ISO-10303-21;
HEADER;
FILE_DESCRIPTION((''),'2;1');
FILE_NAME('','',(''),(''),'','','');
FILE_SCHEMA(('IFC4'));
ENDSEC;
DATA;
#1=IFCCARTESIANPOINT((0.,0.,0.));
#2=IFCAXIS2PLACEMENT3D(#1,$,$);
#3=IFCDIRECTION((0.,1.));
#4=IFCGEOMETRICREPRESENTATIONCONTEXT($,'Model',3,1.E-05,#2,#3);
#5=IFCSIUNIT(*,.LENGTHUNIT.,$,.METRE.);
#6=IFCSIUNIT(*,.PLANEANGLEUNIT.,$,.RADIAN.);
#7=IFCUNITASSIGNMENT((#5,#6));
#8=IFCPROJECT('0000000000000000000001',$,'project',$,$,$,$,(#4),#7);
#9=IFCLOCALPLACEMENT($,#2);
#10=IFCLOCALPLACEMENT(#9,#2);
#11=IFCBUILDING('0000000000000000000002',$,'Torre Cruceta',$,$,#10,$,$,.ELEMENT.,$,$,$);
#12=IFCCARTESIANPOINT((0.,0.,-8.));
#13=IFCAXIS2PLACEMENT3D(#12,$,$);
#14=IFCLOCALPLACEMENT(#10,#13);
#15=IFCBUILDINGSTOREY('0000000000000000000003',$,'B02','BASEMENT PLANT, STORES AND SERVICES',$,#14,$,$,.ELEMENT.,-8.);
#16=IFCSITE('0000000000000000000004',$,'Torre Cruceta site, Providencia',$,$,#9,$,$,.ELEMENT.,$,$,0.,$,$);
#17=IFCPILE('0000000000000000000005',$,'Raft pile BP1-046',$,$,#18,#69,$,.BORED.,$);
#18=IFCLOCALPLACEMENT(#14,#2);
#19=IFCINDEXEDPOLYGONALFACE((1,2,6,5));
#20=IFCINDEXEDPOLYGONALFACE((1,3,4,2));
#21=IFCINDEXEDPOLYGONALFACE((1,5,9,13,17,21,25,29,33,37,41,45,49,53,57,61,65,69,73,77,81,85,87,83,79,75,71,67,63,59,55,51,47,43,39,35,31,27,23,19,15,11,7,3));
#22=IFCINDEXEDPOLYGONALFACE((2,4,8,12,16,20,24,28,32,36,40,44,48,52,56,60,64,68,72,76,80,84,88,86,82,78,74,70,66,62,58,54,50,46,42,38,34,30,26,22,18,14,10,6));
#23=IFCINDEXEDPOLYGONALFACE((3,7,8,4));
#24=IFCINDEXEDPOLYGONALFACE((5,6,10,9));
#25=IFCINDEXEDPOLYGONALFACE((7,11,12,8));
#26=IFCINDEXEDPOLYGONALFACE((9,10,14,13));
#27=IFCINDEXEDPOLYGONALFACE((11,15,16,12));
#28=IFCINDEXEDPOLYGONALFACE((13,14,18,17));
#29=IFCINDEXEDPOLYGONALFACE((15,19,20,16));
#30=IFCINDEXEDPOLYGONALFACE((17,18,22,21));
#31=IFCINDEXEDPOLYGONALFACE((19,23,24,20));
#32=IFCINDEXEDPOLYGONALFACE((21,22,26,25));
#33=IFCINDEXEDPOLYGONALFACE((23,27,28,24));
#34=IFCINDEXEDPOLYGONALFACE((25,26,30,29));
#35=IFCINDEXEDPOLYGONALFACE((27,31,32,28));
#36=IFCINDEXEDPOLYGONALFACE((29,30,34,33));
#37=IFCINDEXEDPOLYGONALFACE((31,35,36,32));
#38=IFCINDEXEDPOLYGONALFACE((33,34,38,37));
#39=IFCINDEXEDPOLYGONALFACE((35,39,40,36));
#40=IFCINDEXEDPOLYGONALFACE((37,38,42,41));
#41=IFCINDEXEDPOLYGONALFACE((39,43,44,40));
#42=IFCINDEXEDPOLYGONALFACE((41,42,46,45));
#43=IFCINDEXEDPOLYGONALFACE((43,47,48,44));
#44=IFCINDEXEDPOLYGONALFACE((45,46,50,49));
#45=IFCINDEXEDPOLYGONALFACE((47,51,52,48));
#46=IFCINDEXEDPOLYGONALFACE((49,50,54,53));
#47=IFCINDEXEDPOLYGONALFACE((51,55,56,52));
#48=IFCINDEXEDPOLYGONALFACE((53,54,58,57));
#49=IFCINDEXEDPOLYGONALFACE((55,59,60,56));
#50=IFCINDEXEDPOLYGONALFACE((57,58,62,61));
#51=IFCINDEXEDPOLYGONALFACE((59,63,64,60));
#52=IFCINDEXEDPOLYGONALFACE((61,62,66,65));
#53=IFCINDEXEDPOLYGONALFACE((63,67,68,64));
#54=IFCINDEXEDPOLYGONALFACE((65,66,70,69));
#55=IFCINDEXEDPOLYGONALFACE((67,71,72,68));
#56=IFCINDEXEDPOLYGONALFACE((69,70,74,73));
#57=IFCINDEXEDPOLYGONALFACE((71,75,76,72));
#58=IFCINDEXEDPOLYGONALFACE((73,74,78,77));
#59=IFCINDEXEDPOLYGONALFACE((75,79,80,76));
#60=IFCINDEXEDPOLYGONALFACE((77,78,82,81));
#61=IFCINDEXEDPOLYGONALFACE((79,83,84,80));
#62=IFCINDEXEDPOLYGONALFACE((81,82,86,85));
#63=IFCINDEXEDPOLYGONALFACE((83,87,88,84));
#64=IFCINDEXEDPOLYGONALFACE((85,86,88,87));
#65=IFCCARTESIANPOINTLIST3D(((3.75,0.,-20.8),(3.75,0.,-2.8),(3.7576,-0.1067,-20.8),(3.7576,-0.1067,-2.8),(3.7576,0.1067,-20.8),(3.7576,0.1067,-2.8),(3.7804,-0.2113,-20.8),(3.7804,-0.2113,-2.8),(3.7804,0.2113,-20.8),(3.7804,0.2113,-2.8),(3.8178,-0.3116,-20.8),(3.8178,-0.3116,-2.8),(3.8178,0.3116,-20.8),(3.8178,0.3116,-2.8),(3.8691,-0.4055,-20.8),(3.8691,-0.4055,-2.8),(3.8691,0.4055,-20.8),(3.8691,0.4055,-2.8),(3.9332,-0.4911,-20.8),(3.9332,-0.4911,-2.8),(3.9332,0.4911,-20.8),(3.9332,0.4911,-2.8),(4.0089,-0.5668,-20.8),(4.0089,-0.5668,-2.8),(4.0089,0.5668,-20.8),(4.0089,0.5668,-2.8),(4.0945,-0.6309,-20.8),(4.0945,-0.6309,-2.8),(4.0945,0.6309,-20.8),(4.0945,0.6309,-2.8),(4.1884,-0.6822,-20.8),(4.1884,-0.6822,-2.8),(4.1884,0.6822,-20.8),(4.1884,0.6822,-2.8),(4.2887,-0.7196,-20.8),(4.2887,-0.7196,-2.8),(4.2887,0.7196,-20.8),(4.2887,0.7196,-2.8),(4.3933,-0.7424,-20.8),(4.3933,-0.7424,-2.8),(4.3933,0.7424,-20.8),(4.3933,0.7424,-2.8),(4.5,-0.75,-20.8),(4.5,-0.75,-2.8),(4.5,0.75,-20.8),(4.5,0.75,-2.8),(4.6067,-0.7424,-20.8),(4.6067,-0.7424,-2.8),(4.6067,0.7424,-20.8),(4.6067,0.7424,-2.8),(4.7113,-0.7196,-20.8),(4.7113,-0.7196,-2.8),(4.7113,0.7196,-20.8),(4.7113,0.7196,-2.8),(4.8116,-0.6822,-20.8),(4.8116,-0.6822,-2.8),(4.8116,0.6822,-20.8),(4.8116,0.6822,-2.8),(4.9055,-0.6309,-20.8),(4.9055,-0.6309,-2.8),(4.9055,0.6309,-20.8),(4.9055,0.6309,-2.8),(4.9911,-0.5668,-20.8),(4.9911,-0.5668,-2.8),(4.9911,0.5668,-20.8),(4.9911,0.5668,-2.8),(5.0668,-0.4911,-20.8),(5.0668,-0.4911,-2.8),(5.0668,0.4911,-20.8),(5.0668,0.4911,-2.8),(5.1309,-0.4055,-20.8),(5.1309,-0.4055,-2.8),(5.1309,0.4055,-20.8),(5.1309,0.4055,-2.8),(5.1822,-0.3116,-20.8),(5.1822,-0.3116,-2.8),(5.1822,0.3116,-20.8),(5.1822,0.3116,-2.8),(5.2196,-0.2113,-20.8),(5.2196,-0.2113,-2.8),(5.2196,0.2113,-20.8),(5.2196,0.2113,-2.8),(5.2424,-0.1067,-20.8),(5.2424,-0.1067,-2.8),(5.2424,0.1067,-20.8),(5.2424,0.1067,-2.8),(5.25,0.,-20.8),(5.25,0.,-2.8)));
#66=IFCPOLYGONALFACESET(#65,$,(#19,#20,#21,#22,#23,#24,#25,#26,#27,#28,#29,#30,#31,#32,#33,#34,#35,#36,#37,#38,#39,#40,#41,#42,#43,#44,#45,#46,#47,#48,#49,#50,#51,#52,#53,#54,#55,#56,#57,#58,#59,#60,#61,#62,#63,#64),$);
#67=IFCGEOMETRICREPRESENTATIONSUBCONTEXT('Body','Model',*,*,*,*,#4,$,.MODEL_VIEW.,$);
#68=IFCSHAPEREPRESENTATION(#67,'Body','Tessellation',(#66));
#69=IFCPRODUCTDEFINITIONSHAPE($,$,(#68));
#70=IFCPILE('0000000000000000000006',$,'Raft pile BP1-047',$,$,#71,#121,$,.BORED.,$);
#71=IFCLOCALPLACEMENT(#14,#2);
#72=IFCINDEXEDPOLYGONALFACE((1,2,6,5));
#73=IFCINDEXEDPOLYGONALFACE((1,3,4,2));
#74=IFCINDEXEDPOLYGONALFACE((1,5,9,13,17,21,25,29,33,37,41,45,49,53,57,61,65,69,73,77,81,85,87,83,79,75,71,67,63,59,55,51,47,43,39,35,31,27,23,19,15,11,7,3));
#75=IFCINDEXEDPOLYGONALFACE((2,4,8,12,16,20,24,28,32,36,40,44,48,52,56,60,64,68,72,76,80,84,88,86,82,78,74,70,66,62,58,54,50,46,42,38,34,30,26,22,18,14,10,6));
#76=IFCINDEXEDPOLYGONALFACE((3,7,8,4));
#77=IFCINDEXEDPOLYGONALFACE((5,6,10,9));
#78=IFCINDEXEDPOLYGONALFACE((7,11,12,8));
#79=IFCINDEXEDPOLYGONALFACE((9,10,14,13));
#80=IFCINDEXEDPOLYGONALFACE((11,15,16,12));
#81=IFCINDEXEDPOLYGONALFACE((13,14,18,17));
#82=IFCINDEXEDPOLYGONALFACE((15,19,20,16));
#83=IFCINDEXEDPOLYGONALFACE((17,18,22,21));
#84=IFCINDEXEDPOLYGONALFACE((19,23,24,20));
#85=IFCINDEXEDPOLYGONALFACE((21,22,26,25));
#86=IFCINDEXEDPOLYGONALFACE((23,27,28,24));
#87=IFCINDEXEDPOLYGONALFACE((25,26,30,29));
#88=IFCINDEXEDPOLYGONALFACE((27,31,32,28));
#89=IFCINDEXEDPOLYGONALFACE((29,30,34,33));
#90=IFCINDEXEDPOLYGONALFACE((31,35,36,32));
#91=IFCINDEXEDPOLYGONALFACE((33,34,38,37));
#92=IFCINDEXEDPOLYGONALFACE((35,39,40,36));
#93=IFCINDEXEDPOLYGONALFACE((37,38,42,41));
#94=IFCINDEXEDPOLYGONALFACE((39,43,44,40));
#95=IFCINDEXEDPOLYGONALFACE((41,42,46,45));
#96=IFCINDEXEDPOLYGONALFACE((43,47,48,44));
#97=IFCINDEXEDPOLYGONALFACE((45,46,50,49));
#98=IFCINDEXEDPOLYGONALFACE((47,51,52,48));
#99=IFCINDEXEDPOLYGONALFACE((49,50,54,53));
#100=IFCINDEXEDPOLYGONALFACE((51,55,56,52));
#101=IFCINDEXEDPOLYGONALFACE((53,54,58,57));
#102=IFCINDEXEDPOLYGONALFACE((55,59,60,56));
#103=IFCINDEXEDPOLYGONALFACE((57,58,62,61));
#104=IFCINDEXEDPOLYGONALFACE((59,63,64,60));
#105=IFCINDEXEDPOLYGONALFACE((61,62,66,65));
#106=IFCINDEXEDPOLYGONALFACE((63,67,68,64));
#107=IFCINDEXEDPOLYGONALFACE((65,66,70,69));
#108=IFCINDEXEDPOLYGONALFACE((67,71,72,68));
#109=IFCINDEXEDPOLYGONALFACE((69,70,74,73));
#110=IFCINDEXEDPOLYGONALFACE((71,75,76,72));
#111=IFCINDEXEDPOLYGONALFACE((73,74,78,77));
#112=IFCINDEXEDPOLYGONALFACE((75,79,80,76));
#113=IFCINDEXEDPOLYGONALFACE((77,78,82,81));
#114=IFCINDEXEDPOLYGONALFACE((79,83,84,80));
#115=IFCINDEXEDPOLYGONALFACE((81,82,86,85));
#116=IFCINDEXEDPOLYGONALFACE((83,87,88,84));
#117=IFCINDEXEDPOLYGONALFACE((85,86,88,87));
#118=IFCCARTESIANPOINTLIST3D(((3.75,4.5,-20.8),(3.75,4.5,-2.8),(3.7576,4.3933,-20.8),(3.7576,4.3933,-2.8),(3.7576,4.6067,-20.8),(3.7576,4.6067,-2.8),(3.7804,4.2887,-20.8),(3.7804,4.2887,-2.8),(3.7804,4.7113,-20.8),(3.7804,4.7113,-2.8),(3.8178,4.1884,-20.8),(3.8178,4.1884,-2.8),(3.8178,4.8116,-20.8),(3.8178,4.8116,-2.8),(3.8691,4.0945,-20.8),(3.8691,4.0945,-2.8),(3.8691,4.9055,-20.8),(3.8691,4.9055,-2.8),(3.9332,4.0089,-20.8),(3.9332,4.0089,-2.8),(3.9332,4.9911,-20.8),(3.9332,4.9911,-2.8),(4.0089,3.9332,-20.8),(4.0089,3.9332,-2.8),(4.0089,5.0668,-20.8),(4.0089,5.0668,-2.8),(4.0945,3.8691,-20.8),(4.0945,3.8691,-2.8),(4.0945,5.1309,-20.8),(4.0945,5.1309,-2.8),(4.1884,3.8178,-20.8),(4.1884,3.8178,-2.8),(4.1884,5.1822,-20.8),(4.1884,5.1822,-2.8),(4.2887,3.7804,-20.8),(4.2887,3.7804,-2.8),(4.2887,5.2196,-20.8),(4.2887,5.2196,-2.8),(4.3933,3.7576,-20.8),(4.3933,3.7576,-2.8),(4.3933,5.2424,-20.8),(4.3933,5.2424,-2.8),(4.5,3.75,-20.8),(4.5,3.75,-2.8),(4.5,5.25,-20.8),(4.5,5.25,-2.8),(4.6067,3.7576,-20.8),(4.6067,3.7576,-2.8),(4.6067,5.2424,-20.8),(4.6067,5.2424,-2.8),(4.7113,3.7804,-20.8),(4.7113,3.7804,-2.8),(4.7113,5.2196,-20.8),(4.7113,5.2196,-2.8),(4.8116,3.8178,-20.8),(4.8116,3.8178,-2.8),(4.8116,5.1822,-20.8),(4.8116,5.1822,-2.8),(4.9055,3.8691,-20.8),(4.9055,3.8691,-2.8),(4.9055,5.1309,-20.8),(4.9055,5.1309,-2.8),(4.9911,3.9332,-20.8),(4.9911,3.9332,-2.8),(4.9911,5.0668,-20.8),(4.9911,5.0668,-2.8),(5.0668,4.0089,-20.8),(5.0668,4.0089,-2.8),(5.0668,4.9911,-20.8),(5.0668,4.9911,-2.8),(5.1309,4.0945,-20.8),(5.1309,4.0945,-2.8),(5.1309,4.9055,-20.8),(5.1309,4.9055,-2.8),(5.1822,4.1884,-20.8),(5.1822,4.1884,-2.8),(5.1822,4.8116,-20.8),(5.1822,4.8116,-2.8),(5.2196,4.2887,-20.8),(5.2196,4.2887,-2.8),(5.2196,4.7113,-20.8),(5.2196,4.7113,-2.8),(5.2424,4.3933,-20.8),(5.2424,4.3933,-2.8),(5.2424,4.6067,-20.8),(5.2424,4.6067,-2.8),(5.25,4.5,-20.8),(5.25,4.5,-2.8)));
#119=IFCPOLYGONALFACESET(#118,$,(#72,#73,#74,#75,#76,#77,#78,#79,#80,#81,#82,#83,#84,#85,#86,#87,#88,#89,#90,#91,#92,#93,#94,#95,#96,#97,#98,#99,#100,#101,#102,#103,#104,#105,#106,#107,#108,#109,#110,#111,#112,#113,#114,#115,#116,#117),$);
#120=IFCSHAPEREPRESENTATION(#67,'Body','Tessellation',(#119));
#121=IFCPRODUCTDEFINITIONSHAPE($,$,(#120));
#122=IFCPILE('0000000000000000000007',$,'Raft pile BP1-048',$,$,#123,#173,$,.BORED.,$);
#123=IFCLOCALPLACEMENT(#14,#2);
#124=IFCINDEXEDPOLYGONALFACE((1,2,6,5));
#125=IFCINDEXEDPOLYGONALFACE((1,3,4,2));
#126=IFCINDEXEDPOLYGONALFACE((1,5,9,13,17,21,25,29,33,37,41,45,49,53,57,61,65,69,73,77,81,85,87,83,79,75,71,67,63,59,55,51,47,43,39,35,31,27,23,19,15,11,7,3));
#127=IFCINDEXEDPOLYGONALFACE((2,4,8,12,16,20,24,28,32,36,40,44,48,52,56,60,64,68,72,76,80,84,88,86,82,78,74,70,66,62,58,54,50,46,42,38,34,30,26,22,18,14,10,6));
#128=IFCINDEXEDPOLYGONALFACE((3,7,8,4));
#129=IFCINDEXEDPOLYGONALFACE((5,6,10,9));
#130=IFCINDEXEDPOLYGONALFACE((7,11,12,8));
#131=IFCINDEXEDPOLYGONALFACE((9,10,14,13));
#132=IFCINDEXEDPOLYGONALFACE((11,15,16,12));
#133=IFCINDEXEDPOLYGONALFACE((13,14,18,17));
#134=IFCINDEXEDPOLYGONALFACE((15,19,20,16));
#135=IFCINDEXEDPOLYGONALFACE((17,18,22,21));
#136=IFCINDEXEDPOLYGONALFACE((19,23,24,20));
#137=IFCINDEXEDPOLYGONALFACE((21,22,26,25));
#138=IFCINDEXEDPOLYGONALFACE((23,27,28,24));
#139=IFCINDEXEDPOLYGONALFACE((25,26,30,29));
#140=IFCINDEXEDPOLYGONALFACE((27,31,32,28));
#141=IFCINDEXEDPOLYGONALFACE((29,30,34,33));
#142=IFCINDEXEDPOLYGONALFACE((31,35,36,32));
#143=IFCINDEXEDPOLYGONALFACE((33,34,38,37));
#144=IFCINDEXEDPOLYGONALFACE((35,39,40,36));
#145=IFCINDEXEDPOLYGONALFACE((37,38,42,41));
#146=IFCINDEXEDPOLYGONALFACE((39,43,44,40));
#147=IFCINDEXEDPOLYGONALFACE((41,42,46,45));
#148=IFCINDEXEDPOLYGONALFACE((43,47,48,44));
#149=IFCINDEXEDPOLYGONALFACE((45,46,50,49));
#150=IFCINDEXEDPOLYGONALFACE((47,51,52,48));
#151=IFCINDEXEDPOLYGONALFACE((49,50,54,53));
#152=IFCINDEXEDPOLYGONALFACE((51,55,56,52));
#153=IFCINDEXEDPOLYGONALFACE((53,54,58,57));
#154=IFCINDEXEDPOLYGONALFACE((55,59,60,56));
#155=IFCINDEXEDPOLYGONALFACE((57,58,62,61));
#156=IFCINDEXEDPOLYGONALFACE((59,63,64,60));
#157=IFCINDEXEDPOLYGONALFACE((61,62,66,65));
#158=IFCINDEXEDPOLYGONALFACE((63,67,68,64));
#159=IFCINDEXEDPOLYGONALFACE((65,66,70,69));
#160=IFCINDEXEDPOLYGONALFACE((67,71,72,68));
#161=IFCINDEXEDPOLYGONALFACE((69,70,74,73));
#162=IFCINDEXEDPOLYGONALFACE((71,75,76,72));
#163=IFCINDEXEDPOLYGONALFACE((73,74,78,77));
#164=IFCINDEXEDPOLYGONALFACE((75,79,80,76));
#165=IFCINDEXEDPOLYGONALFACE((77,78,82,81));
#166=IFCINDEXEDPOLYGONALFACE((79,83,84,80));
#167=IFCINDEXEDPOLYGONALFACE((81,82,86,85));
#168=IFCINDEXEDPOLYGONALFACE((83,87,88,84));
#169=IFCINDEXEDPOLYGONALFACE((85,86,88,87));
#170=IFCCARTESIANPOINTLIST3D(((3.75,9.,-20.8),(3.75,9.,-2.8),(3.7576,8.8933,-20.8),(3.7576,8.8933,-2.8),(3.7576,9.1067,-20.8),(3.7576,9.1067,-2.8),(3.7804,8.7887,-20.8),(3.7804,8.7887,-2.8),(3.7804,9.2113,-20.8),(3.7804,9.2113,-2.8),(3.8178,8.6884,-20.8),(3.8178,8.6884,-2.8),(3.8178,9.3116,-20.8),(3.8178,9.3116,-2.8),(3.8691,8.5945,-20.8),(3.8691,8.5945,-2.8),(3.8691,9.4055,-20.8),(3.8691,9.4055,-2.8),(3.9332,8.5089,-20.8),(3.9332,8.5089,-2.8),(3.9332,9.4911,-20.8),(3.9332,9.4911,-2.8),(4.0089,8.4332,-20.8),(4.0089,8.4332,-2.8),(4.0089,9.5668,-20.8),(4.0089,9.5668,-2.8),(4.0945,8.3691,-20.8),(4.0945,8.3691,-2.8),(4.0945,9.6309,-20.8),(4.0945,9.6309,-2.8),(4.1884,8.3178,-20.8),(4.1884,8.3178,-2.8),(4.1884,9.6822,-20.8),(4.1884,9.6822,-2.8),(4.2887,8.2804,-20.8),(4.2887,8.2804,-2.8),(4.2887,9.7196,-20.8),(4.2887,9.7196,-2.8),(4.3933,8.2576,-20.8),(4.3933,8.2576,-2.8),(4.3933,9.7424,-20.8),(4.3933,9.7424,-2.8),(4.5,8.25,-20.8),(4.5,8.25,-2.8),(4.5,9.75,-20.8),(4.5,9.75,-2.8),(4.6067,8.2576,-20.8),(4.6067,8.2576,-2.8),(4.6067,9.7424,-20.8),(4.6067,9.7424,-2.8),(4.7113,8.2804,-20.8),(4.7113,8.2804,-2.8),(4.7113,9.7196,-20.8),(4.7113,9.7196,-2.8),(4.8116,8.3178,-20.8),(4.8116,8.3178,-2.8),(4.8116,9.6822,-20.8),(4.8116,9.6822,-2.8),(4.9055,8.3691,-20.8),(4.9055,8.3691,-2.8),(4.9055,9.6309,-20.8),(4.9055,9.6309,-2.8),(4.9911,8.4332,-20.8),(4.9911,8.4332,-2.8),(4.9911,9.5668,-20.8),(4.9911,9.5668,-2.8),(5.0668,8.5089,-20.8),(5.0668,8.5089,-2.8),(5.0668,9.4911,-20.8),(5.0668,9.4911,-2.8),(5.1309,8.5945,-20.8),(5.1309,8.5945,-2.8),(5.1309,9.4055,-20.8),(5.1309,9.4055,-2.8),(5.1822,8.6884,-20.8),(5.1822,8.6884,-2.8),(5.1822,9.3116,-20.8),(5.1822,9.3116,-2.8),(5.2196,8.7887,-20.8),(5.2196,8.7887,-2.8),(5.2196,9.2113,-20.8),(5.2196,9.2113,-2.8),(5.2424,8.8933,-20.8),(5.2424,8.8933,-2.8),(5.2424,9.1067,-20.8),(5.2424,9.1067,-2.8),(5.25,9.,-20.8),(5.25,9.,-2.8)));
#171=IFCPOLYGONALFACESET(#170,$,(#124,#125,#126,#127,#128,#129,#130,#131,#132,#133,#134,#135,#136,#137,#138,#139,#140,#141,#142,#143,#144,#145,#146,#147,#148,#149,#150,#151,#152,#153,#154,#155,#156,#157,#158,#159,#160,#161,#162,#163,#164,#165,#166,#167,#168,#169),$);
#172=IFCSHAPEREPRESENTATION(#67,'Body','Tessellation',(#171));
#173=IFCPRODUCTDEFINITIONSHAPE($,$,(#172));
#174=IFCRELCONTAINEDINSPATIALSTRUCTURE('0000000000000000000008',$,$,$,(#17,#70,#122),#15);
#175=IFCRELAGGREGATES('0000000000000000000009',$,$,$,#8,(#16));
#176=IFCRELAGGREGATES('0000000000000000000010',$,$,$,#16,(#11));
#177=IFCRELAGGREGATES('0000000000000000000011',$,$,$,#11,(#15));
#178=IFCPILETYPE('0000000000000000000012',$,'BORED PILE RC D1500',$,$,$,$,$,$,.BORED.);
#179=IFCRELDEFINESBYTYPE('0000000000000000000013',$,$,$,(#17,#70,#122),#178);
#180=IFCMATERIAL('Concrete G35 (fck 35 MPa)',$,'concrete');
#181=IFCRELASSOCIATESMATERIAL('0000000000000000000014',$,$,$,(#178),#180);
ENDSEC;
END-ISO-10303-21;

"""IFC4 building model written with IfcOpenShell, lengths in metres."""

from ifc_helpers import new_model, si_unit, direction, frame, origin, origin_2d, place, context, subcontext, project, spatial, circle, extrude, material, material_profile, profile_set, type_object, element, save


model = new_model("IFC4")

# Units and contexts
model_context = context("Model", 3, precision=1e-05, world=origin(), true_north=direction((0.0, 1.0)))
body_context = subcontext(model_context, "Body", "Model", "MODEL_VIEW")
ifc_project = project(units=[si_unit("LENGTHUNIT", "METRE"), si_unit("PLANEANGLEUNIT", "RADIAN")], contexts=[model_context])

# Site, building, storey
site_placement = place(None, origin())
site = spatial("IfcSite", under=ifc_project, at=site_placement, Name="Torre Cruceta site, Providencia", CompositionType="ELEMENT", RefElevation=0.0)
building_placement = place(site_placement, origin())
building = spatial("IfcBuilding", under=site, at=building_placement, Name="Torre Cruceta", CompositionType="ELEMENT")
storey_placement = place(building_placement, frame((0.0, 0.0, -8.0)))
storey = spatial("IfcBuildingStorey", under=building, at=storey_placement, Name="B02", Description="BASEMENT PLANT, STORES AND SERVICES", CompositionType="ELEMENT", Elevation=-8.0)

# Piles
ifc_material_1 = material(Name="Concrete G35 (fck 35 MPa)", Category="concrete")
ifc_material_profile_1 = material_profile(ifc_material_1, circle(Radius=0.75, at=origin_2d()), Name="RC D1500")
ifc_profile_set_1 = profile_set([ifc_material_profile_1], Name="Concrete G35 (fck 35 MPa)")
pile_type = type_object("IfcPileType", Name="BORED PILE RC D1500", PredefinedType="BORED", material=ifc_profile_set_1)
for number, where, z_axis, x_axis, name in (
    (1, (4.5, 0.0, -2.8), (0.0, 0.0, -1.0), (1.0, 0.0, 0.0), "Raft pile BP1-046"),
    (2, (4.5, 4.5, -2.8), (0.0, 0.0, -1.0), (1.0, 0.0, 0.0), "Raft pile BP1-047"),
    (3, (4.5, 9.0, -2.8), (0.0, 0.0, -1.0), (1.0, 0.0, 0.0), "Raft pile BP1-048"),
):
    element("IfcPile", number, at=place(storey_placement, frame(where, z_axis=z_axis, x_axis=x_axis)), inside=storey, type_object=pile_type, Name=name, PredefinedType="BORED", context=body_context, shape_type="SweptSolid", body=[
        extrude(circle(Radius=0.75, at=origin_2d()), origin(), (0.0, 0.0, 1.0), 18.0),
    ])

save(model, "model.ifc")
